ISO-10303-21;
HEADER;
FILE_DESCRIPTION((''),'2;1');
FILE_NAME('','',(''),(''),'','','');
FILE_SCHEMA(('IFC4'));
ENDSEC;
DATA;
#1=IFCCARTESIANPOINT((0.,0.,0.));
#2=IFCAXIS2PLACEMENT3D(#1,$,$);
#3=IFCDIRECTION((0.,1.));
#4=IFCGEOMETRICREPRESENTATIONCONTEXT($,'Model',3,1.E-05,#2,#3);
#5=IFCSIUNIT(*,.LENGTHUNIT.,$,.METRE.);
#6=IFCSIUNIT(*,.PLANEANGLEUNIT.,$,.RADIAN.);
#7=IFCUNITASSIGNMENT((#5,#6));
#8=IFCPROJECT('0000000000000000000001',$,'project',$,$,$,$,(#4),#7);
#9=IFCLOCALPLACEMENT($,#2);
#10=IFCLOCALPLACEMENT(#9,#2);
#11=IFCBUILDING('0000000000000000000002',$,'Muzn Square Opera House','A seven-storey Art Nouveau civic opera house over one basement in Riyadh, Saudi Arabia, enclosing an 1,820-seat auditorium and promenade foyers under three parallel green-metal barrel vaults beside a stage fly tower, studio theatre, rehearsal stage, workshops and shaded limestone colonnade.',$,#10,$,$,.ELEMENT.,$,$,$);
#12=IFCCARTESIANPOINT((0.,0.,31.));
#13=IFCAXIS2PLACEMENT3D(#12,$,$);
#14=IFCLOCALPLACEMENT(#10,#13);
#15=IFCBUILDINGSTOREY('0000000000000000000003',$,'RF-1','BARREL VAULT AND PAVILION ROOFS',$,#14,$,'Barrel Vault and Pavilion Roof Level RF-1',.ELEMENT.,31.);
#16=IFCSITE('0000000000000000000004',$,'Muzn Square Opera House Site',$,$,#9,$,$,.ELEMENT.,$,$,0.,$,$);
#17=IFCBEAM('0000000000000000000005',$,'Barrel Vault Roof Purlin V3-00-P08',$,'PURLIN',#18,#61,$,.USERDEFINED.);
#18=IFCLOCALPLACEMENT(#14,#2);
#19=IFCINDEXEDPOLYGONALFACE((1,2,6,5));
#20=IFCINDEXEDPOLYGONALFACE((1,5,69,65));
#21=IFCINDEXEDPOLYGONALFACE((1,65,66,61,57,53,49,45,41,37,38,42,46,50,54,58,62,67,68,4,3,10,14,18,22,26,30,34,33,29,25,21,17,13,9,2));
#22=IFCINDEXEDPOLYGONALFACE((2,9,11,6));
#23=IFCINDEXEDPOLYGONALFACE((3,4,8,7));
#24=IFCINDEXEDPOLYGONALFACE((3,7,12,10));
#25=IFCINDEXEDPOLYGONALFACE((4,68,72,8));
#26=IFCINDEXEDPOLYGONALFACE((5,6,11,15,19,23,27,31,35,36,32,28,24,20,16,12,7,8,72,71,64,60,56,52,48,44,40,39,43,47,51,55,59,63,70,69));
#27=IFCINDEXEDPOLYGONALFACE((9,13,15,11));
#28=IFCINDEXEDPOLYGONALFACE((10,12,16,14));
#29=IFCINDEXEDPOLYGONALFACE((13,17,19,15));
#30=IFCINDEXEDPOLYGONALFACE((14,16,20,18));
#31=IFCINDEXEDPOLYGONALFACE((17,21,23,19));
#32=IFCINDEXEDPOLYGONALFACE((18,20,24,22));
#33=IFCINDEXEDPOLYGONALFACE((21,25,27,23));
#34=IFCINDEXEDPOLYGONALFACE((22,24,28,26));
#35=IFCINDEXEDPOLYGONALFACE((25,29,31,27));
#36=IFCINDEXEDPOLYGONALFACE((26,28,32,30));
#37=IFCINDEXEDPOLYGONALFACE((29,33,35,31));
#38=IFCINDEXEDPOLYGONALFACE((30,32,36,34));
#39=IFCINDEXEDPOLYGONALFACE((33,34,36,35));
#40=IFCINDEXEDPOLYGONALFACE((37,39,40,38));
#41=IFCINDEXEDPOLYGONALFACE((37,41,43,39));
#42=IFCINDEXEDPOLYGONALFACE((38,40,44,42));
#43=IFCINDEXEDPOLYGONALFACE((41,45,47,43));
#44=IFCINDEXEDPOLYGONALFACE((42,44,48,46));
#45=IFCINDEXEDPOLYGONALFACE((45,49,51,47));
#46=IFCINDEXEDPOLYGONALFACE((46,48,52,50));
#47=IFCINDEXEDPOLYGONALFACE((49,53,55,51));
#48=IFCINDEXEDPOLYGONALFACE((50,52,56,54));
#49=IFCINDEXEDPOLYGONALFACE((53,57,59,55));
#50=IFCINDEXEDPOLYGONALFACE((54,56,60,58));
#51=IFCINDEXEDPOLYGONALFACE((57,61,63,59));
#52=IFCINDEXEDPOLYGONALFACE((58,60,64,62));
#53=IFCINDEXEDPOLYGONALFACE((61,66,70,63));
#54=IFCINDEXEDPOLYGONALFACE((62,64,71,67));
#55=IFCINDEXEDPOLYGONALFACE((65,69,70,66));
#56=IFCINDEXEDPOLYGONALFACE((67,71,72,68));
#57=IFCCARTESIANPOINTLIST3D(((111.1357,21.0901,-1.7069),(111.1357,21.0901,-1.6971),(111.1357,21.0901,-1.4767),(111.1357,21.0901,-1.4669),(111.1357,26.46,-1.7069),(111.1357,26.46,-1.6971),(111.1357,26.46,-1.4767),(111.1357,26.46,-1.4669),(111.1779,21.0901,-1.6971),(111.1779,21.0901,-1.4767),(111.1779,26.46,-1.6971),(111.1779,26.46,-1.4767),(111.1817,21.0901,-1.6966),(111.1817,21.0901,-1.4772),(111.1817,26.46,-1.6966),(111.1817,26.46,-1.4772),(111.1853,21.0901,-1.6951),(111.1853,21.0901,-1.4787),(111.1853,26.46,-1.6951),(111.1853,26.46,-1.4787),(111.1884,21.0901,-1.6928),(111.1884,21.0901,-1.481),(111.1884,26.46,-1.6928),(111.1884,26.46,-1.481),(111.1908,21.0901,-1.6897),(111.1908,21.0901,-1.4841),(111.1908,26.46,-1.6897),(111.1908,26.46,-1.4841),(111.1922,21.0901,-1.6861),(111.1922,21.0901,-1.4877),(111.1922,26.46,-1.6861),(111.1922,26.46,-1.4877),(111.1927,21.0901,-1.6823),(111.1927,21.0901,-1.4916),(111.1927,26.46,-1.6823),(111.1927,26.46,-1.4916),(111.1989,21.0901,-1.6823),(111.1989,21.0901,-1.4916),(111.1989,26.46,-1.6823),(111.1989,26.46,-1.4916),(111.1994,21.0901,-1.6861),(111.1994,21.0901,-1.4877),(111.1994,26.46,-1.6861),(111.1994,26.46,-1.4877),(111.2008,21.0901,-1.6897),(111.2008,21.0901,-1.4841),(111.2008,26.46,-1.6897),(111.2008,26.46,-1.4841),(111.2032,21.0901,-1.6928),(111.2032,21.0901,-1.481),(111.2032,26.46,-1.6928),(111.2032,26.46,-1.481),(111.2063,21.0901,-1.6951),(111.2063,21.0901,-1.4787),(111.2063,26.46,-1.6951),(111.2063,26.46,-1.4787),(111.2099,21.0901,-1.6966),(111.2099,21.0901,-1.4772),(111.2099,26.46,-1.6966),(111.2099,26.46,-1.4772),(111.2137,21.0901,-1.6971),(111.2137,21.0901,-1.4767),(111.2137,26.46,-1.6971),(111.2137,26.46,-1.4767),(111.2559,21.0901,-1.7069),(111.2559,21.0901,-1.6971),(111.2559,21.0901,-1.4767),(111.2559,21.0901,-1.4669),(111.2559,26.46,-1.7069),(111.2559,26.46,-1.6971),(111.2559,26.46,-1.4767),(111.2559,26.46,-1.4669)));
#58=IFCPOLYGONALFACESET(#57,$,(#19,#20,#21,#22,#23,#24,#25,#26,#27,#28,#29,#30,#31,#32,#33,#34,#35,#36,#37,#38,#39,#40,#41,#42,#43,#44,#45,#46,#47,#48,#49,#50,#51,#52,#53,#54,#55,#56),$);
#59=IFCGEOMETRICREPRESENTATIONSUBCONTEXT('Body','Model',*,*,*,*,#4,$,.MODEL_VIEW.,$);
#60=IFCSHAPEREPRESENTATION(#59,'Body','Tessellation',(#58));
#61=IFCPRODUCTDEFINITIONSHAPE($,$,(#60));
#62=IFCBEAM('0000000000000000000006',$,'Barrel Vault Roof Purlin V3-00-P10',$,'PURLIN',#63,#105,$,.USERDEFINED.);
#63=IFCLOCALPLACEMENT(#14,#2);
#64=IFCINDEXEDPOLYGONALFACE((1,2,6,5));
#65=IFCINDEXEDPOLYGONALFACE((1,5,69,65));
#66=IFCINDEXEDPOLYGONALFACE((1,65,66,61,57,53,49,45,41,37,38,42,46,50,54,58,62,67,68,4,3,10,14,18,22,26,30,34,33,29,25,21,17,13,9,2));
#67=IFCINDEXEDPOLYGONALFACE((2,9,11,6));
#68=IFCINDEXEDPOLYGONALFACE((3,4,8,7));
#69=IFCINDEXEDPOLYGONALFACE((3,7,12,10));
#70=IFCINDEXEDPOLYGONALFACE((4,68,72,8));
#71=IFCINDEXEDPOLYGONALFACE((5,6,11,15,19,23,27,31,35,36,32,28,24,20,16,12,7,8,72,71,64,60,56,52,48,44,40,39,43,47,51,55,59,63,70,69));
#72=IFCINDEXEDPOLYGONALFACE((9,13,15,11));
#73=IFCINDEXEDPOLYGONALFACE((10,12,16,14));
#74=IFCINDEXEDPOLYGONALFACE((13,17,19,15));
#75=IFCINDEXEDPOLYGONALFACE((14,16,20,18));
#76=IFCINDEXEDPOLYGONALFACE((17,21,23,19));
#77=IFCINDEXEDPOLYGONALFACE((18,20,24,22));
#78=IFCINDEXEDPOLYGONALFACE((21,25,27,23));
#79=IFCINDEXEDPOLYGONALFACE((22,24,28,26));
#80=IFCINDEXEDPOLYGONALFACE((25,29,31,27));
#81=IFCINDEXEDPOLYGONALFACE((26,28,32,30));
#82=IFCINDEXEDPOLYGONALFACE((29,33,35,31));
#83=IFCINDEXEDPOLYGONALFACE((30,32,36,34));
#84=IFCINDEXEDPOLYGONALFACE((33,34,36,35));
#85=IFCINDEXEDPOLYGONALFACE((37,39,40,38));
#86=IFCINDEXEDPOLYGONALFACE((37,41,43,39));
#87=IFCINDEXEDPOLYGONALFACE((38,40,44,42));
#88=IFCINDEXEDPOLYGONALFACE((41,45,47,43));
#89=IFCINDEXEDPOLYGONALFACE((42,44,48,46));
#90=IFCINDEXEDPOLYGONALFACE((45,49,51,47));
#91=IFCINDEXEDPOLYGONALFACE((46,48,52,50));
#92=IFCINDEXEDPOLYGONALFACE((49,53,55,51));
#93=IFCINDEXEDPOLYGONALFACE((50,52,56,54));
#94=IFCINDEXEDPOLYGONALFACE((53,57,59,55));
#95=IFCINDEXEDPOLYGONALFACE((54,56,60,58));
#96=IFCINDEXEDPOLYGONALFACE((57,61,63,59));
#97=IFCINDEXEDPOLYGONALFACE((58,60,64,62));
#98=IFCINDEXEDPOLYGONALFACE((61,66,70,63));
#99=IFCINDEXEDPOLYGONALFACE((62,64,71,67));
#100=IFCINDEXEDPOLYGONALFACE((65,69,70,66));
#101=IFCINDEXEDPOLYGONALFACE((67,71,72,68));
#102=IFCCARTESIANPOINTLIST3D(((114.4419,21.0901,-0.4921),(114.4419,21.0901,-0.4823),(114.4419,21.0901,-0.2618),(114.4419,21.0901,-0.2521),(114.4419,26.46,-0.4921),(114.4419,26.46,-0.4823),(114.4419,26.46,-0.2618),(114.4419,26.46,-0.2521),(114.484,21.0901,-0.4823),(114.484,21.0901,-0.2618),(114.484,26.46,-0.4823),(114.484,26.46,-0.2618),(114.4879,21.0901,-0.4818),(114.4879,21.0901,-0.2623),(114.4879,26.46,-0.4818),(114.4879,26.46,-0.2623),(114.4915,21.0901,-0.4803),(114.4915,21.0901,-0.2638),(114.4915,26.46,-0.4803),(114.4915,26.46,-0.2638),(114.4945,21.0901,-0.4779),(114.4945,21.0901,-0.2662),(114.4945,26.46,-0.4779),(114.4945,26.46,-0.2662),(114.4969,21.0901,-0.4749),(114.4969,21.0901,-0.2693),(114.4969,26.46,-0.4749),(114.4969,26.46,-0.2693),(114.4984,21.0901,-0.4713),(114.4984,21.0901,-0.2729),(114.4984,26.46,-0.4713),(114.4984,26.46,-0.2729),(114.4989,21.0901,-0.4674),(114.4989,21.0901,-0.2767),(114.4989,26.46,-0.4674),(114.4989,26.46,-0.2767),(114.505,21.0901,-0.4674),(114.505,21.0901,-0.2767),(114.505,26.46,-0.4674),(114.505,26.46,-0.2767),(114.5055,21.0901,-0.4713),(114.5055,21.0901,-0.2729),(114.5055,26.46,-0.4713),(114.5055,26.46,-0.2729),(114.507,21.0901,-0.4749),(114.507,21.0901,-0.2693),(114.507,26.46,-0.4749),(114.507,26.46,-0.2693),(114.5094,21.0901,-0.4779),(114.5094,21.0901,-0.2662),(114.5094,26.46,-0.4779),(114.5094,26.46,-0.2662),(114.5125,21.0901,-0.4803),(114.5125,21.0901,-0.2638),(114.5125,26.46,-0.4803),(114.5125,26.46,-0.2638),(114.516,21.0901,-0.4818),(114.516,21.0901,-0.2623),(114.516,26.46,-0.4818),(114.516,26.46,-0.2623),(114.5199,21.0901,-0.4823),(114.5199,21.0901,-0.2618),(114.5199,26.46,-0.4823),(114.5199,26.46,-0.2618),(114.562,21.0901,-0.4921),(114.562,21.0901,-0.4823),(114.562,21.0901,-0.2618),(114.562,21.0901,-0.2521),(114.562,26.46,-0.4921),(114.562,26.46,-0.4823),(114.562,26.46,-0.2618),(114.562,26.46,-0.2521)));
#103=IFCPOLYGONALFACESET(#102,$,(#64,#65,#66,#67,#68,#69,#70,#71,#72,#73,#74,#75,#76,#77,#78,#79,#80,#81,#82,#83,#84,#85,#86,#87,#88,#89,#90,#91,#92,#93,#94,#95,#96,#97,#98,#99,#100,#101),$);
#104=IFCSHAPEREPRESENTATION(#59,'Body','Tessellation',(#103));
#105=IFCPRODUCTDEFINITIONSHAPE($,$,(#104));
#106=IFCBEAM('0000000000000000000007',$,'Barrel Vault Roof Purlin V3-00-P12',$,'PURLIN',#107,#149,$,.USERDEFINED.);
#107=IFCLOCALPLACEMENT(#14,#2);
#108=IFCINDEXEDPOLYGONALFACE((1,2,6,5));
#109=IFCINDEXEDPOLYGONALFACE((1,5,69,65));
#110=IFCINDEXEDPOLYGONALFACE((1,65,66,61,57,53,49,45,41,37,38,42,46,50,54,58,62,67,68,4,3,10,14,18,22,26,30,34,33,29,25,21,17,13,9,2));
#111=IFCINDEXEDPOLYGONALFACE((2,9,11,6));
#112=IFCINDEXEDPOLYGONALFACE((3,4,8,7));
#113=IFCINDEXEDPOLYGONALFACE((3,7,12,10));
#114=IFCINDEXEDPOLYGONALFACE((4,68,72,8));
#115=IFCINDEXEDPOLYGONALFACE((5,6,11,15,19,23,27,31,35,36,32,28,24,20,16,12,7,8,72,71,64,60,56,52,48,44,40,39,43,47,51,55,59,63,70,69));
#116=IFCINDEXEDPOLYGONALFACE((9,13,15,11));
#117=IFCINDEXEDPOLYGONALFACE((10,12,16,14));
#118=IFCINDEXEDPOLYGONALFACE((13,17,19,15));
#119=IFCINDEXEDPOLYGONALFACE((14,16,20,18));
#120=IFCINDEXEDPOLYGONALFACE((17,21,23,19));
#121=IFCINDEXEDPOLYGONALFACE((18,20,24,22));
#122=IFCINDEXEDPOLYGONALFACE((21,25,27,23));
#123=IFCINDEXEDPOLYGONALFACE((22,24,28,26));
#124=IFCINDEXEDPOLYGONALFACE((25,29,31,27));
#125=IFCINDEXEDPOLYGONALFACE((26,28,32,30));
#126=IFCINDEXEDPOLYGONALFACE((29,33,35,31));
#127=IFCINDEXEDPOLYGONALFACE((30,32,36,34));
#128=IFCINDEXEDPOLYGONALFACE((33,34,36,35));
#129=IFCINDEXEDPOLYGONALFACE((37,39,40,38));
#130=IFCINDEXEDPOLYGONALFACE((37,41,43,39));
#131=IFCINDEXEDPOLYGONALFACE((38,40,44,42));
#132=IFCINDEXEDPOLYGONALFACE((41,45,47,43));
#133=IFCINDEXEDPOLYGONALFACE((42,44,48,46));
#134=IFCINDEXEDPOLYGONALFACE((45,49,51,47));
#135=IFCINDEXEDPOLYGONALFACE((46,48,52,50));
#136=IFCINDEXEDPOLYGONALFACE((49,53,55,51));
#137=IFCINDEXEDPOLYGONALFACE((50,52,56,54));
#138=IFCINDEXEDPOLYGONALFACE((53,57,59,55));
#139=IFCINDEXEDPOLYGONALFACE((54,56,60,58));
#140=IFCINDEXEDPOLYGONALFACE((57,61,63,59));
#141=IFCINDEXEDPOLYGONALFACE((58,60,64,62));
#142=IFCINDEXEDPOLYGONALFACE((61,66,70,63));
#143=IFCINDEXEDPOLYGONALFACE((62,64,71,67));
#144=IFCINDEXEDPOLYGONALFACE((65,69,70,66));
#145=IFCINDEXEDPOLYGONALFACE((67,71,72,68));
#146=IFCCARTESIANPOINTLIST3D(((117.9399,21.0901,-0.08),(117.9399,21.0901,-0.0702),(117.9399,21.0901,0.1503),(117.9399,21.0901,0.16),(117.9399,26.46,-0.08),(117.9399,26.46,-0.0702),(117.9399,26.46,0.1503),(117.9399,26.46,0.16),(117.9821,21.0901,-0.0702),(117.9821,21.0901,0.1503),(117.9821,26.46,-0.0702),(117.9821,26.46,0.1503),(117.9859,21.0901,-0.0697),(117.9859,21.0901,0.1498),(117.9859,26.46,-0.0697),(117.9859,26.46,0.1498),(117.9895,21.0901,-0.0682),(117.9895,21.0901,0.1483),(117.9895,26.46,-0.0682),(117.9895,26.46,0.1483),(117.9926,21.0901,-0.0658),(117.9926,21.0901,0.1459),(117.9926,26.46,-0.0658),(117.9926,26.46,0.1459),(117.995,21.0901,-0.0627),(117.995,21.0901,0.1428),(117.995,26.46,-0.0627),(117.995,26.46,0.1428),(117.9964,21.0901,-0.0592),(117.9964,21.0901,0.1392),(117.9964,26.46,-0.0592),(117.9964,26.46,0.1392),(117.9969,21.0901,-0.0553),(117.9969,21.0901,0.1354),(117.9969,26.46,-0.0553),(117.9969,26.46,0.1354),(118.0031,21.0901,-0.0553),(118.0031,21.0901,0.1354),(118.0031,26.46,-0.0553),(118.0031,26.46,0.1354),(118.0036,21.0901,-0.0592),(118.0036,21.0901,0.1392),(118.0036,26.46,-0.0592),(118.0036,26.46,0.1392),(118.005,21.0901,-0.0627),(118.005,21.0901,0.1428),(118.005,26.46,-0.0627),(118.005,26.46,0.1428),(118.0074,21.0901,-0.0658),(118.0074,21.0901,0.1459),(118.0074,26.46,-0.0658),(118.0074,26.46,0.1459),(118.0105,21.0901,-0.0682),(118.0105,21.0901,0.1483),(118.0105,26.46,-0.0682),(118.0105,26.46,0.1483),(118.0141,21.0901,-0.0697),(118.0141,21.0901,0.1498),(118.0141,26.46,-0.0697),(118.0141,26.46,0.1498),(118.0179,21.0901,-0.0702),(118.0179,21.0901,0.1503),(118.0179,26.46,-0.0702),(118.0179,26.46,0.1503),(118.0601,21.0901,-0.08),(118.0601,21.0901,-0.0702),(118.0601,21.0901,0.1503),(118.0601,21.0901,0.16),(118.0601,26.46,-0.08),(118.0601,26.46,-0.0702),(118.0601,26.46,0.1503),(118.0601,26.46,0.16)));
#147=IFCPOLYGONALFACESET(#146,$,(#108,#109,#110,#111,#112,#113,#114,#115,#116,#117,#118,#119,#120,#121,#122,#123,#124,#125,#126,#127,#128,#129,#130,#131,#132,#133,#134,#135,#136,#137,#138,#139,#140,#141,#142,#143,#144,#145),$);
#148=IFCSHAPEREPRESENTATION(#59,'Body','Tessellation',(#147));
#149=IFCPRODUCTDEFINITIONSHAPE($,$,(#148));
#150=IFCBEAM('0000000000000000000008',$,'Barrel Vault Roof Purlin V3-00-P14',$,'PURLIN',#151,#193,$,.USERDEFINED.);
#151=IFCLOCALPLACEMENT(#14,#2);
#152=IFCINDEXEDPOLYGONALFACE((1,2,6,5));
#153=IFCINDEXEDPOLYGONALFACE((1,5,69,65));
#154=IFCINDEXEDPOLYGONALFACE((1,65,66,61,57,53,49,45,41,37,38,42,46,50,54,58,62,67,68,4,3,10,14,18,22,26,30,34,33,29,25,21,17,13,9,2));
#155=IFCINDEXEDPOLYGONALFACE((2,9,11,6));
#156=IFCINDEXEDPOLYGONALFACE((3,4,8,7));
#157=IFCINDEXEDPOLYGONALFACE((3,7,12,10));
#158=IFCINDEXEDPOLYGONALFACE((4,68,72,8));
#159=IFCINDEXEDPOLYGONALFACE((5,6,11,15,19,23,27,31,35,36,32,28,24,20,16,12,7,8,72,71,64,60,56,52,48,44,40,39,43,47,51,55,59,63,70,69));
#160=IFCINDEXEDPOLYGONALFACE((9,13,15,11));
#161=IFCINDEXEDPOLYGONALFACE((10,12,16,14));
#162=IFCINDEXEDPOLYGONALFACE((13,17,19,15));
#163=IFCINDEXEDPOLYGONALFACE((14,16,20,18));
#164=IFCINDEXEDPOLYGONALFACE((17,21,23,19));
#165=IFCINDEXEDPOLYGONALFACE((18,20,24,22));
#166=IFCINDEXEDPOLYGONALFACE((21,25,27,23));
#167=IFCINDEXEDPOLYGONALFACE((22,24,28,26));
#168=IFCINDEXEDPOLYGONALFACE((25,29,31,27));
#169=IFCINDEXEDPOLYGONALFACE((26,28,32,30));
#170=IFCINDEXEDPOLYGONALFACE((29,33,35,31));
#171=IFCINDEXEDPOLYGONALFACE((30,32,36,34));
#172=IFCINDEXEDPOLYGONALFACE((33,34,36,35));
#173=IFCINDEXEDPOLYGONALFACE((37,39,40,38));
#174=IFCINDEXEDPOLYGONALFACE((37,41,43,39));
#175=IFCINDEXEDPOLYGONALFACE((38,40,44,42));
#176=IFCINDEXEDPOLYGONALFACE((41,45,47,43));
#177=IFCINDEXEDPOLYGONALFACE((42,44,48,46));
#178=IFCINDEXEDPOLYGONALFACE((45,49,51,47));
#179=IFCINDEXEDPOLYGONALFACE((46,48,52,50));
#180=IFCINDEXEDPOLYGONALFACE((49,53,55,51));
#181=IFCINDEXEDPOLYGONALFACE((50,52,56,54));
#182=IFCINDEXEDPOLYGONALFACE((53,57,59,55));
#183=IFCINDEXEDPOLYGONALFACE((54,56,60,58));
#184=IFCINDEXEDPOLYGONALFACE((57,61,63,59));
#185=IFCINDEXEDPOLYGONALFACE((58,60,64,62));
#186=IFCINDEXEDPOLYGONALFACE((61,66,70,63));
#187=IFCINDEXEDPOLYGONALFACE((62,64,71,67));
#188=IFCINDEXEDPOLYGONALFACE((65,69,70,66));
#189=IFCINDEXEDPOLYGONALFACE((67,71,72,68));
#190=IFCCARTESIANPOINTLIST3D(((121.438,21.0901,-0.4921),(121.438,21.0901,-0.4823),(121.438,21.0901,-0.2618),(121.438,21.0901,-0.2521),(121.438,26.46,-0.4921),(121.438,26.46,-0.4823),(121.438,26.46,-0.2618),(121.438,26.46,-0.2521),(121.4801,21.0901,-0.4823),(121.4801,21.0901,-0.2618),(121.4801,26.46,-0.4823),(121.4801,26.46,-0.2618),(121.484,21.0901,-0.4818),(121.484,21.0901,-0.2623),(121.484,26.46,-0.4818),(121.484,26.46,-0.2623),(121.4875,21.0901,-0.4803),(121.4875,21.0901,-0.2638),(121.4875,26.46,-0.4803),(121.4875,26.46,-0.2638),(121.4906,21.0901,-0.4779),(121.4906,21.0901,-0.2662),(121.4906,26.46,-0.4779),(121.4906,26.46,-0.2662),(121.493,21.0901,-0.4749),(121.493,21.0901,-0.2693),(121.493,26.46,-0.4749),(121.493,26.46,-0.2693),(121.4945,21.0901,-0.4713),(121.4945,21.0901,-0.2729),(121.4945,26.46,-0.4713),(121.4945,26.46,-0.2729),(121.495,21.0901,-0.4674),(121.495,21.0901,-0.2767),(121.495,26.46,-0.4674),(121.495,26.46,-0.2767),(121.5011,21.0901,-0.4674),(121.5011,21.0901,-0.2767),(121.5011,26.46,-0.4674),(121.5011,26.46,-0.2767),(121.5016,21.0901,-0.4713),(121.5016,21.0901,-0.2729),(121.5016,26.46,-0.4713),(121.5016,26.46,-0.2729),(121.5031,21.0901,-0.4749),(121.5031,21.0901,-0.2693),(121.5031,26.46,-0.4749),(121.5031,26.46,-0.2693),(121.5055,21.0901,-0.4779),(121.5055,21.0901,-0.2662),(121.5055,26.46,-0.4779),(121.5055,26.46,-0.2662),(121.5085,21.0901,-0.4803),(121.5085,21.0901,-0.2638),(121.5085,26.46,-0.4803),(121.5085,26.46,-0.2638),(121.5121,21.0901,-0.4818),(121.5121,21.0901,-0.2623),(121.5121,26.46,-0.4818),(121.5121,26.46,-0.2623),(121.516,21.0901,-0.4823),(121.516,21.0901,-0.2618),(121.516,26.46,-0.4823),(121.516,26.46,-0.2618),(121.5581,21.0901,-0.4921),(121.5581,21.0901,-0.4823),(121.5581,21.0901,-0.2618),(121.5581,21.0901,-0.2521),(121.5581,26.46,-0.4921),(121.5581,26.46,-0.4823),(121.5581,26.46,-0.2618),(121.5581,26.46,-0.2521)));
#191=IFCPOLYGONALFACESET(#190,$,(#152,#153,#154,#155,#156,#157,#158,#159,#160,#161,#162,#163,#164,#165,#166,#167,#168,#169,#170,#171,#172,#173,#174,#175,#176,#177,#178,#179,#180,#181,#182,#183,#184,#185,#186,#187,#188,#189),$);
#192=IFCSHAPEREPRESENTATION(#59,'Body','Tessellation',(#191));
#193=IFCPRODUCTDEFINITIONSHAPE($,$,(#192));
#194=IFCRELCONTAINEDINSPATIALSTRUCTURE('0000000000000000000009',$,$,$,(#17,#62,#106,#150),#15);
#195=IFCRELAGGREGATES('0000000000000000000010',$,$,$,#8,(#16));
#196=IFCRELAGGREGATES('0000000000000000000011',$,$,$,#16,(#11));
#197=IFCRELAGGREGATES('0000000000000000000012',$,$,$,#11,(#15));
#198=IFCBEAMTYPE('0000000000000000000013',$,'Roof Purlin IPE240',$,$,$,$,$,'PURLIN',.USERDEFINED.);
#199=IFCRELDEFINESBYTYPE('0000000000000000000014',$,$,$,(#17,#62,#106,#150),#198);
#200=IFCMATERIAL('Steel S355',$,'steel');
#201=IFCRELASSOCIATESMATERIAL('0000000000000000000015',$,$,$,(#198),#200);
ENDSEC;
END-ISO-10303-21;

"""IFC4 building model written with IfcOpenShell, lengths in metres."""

from ifc_helpers import new_model, si_unit, direction, frame, origin, origin_2d, place, context, subcontext, project, spatial, i_section, extrude, material, material_profile, profile_set, type_object, element, save


model = new_model("IFC4")

# Units and contexts
model_context = context("Model", 3, precision=1e-05, world=origin(), true_north=direction((0.0, 1.0)))
body_context = subcontext(model_context, "Body", "Model", "MODEL_VIEW")
ifc_project = project(units=[si_unit("LENGTHUNIT", "METRE"), si_unit("PLANEANGLEUNIT", "RADIAN")], contexts=[model_context])

# Site, building, storey
site_placement = place(None, origin())
site = spatial("IfcSite", under=ifc_project, at=site_placement, Name="Muzn Square Opera House Site", CompositionType="ELEMENT", RefElevation=0.0)
building_placement = place(site_placement, origin())
building = spatial("IfcBuilding", under=site, at=building_placement, Name="Muzn Square Opera House", Description="A seven-storey Art Nouveau civic opera house over one basement in Riyadh, Saudi Arabia, enclosing an 1,820-seat auditorium and promenade foyers under three parallel green-metal barrel vaults beside a stage fly tower, studio theatre, rehearsal stage, workshops and shaded limestone colonnade.", CompositionType="ELEMENT")
storey_placement = place(building_placement, frame((0.0, 0.0, 31.0)))
storey = spatial("IfcBuildingStorey", under=building, at=storey_placement, Name="RF-1", Description="BARREL VAULT AND PAVILION ROOFS", LongName="Barrel Vault and Pavilion Roof Level RF-1", CompositionType="ELEMENT", Elevation=31.0)

# Beams
ifc_material_1 = material(Name="Steel S355", Category="steel")
ifc_material_profile_1 = material_profile(ifc_material_1, i_section(OverallWidth=0.1201, OverallDepth=0.24, WebThickness=0.0061, FlangeThickness=0.0098, FilletRadius=0.0149, at=origin_2d()), Name="IPE 240", Category="steel")
ifc_profile_set_1 = profile_set([ifc_material_profile_1], Name="Steel S355")
beam_type_1 = type_object("IfcBeamType", Name="Roof Purlin IPE240", ElementType="PURLIN", PredefinedType="USERDEFINED", material=ifc_profile_set_1)
for number, where, z_axis, x_axis, name in (
    (1, (111.1958, 21.0901, -1.5869), (0.0, 1.0, 0.0), (-1.0, 0.0, 0.0), "Barrel Vault Roof Purlin V3-00-P08"),
    (2, (114.502, 21.0901, -0.3721), (0.0, 1.0, 0.0), (-1.0, 0.0, 0.0), "Barrel Vault Roof Purlin V3-00-P10"),
    (3, (118.0, 21.0901, 0.04), (0.0, 1.0, 0.0), (-1.0, 0.0, 0.0), "Barrel Vault Roof Purlin V3-00-P12"),
    (4, (121.498, 21.0901, -0.3721), (0.0, 1.0, 0.0), (-1.0, 0.0, 0.0), "Barrel Vault Roof Purlin V3-00-P14"),
):
    element("IfcBeam", number, at=place(storey_placement, frame(where, z_axis=z_axis, x_axis=x_axis)), inside=storey, type_object=beam_type_1, Name=name, ObjectType="PURLIN", PredefinedType="USERDEFINED", context=body_context, shape_type="SweptSolid", body=[
        extrude(i_section(OverallWidth=0.1201, OverallDepth=0.24, WebThickness=0.0061, FlangeThickness=0.0098, FilletRadius=0.0149, at=origin_2d()), origin(), (0.0, 0.0, 1.0), 5.3699),
    ])

save(model, "model.ifc")
